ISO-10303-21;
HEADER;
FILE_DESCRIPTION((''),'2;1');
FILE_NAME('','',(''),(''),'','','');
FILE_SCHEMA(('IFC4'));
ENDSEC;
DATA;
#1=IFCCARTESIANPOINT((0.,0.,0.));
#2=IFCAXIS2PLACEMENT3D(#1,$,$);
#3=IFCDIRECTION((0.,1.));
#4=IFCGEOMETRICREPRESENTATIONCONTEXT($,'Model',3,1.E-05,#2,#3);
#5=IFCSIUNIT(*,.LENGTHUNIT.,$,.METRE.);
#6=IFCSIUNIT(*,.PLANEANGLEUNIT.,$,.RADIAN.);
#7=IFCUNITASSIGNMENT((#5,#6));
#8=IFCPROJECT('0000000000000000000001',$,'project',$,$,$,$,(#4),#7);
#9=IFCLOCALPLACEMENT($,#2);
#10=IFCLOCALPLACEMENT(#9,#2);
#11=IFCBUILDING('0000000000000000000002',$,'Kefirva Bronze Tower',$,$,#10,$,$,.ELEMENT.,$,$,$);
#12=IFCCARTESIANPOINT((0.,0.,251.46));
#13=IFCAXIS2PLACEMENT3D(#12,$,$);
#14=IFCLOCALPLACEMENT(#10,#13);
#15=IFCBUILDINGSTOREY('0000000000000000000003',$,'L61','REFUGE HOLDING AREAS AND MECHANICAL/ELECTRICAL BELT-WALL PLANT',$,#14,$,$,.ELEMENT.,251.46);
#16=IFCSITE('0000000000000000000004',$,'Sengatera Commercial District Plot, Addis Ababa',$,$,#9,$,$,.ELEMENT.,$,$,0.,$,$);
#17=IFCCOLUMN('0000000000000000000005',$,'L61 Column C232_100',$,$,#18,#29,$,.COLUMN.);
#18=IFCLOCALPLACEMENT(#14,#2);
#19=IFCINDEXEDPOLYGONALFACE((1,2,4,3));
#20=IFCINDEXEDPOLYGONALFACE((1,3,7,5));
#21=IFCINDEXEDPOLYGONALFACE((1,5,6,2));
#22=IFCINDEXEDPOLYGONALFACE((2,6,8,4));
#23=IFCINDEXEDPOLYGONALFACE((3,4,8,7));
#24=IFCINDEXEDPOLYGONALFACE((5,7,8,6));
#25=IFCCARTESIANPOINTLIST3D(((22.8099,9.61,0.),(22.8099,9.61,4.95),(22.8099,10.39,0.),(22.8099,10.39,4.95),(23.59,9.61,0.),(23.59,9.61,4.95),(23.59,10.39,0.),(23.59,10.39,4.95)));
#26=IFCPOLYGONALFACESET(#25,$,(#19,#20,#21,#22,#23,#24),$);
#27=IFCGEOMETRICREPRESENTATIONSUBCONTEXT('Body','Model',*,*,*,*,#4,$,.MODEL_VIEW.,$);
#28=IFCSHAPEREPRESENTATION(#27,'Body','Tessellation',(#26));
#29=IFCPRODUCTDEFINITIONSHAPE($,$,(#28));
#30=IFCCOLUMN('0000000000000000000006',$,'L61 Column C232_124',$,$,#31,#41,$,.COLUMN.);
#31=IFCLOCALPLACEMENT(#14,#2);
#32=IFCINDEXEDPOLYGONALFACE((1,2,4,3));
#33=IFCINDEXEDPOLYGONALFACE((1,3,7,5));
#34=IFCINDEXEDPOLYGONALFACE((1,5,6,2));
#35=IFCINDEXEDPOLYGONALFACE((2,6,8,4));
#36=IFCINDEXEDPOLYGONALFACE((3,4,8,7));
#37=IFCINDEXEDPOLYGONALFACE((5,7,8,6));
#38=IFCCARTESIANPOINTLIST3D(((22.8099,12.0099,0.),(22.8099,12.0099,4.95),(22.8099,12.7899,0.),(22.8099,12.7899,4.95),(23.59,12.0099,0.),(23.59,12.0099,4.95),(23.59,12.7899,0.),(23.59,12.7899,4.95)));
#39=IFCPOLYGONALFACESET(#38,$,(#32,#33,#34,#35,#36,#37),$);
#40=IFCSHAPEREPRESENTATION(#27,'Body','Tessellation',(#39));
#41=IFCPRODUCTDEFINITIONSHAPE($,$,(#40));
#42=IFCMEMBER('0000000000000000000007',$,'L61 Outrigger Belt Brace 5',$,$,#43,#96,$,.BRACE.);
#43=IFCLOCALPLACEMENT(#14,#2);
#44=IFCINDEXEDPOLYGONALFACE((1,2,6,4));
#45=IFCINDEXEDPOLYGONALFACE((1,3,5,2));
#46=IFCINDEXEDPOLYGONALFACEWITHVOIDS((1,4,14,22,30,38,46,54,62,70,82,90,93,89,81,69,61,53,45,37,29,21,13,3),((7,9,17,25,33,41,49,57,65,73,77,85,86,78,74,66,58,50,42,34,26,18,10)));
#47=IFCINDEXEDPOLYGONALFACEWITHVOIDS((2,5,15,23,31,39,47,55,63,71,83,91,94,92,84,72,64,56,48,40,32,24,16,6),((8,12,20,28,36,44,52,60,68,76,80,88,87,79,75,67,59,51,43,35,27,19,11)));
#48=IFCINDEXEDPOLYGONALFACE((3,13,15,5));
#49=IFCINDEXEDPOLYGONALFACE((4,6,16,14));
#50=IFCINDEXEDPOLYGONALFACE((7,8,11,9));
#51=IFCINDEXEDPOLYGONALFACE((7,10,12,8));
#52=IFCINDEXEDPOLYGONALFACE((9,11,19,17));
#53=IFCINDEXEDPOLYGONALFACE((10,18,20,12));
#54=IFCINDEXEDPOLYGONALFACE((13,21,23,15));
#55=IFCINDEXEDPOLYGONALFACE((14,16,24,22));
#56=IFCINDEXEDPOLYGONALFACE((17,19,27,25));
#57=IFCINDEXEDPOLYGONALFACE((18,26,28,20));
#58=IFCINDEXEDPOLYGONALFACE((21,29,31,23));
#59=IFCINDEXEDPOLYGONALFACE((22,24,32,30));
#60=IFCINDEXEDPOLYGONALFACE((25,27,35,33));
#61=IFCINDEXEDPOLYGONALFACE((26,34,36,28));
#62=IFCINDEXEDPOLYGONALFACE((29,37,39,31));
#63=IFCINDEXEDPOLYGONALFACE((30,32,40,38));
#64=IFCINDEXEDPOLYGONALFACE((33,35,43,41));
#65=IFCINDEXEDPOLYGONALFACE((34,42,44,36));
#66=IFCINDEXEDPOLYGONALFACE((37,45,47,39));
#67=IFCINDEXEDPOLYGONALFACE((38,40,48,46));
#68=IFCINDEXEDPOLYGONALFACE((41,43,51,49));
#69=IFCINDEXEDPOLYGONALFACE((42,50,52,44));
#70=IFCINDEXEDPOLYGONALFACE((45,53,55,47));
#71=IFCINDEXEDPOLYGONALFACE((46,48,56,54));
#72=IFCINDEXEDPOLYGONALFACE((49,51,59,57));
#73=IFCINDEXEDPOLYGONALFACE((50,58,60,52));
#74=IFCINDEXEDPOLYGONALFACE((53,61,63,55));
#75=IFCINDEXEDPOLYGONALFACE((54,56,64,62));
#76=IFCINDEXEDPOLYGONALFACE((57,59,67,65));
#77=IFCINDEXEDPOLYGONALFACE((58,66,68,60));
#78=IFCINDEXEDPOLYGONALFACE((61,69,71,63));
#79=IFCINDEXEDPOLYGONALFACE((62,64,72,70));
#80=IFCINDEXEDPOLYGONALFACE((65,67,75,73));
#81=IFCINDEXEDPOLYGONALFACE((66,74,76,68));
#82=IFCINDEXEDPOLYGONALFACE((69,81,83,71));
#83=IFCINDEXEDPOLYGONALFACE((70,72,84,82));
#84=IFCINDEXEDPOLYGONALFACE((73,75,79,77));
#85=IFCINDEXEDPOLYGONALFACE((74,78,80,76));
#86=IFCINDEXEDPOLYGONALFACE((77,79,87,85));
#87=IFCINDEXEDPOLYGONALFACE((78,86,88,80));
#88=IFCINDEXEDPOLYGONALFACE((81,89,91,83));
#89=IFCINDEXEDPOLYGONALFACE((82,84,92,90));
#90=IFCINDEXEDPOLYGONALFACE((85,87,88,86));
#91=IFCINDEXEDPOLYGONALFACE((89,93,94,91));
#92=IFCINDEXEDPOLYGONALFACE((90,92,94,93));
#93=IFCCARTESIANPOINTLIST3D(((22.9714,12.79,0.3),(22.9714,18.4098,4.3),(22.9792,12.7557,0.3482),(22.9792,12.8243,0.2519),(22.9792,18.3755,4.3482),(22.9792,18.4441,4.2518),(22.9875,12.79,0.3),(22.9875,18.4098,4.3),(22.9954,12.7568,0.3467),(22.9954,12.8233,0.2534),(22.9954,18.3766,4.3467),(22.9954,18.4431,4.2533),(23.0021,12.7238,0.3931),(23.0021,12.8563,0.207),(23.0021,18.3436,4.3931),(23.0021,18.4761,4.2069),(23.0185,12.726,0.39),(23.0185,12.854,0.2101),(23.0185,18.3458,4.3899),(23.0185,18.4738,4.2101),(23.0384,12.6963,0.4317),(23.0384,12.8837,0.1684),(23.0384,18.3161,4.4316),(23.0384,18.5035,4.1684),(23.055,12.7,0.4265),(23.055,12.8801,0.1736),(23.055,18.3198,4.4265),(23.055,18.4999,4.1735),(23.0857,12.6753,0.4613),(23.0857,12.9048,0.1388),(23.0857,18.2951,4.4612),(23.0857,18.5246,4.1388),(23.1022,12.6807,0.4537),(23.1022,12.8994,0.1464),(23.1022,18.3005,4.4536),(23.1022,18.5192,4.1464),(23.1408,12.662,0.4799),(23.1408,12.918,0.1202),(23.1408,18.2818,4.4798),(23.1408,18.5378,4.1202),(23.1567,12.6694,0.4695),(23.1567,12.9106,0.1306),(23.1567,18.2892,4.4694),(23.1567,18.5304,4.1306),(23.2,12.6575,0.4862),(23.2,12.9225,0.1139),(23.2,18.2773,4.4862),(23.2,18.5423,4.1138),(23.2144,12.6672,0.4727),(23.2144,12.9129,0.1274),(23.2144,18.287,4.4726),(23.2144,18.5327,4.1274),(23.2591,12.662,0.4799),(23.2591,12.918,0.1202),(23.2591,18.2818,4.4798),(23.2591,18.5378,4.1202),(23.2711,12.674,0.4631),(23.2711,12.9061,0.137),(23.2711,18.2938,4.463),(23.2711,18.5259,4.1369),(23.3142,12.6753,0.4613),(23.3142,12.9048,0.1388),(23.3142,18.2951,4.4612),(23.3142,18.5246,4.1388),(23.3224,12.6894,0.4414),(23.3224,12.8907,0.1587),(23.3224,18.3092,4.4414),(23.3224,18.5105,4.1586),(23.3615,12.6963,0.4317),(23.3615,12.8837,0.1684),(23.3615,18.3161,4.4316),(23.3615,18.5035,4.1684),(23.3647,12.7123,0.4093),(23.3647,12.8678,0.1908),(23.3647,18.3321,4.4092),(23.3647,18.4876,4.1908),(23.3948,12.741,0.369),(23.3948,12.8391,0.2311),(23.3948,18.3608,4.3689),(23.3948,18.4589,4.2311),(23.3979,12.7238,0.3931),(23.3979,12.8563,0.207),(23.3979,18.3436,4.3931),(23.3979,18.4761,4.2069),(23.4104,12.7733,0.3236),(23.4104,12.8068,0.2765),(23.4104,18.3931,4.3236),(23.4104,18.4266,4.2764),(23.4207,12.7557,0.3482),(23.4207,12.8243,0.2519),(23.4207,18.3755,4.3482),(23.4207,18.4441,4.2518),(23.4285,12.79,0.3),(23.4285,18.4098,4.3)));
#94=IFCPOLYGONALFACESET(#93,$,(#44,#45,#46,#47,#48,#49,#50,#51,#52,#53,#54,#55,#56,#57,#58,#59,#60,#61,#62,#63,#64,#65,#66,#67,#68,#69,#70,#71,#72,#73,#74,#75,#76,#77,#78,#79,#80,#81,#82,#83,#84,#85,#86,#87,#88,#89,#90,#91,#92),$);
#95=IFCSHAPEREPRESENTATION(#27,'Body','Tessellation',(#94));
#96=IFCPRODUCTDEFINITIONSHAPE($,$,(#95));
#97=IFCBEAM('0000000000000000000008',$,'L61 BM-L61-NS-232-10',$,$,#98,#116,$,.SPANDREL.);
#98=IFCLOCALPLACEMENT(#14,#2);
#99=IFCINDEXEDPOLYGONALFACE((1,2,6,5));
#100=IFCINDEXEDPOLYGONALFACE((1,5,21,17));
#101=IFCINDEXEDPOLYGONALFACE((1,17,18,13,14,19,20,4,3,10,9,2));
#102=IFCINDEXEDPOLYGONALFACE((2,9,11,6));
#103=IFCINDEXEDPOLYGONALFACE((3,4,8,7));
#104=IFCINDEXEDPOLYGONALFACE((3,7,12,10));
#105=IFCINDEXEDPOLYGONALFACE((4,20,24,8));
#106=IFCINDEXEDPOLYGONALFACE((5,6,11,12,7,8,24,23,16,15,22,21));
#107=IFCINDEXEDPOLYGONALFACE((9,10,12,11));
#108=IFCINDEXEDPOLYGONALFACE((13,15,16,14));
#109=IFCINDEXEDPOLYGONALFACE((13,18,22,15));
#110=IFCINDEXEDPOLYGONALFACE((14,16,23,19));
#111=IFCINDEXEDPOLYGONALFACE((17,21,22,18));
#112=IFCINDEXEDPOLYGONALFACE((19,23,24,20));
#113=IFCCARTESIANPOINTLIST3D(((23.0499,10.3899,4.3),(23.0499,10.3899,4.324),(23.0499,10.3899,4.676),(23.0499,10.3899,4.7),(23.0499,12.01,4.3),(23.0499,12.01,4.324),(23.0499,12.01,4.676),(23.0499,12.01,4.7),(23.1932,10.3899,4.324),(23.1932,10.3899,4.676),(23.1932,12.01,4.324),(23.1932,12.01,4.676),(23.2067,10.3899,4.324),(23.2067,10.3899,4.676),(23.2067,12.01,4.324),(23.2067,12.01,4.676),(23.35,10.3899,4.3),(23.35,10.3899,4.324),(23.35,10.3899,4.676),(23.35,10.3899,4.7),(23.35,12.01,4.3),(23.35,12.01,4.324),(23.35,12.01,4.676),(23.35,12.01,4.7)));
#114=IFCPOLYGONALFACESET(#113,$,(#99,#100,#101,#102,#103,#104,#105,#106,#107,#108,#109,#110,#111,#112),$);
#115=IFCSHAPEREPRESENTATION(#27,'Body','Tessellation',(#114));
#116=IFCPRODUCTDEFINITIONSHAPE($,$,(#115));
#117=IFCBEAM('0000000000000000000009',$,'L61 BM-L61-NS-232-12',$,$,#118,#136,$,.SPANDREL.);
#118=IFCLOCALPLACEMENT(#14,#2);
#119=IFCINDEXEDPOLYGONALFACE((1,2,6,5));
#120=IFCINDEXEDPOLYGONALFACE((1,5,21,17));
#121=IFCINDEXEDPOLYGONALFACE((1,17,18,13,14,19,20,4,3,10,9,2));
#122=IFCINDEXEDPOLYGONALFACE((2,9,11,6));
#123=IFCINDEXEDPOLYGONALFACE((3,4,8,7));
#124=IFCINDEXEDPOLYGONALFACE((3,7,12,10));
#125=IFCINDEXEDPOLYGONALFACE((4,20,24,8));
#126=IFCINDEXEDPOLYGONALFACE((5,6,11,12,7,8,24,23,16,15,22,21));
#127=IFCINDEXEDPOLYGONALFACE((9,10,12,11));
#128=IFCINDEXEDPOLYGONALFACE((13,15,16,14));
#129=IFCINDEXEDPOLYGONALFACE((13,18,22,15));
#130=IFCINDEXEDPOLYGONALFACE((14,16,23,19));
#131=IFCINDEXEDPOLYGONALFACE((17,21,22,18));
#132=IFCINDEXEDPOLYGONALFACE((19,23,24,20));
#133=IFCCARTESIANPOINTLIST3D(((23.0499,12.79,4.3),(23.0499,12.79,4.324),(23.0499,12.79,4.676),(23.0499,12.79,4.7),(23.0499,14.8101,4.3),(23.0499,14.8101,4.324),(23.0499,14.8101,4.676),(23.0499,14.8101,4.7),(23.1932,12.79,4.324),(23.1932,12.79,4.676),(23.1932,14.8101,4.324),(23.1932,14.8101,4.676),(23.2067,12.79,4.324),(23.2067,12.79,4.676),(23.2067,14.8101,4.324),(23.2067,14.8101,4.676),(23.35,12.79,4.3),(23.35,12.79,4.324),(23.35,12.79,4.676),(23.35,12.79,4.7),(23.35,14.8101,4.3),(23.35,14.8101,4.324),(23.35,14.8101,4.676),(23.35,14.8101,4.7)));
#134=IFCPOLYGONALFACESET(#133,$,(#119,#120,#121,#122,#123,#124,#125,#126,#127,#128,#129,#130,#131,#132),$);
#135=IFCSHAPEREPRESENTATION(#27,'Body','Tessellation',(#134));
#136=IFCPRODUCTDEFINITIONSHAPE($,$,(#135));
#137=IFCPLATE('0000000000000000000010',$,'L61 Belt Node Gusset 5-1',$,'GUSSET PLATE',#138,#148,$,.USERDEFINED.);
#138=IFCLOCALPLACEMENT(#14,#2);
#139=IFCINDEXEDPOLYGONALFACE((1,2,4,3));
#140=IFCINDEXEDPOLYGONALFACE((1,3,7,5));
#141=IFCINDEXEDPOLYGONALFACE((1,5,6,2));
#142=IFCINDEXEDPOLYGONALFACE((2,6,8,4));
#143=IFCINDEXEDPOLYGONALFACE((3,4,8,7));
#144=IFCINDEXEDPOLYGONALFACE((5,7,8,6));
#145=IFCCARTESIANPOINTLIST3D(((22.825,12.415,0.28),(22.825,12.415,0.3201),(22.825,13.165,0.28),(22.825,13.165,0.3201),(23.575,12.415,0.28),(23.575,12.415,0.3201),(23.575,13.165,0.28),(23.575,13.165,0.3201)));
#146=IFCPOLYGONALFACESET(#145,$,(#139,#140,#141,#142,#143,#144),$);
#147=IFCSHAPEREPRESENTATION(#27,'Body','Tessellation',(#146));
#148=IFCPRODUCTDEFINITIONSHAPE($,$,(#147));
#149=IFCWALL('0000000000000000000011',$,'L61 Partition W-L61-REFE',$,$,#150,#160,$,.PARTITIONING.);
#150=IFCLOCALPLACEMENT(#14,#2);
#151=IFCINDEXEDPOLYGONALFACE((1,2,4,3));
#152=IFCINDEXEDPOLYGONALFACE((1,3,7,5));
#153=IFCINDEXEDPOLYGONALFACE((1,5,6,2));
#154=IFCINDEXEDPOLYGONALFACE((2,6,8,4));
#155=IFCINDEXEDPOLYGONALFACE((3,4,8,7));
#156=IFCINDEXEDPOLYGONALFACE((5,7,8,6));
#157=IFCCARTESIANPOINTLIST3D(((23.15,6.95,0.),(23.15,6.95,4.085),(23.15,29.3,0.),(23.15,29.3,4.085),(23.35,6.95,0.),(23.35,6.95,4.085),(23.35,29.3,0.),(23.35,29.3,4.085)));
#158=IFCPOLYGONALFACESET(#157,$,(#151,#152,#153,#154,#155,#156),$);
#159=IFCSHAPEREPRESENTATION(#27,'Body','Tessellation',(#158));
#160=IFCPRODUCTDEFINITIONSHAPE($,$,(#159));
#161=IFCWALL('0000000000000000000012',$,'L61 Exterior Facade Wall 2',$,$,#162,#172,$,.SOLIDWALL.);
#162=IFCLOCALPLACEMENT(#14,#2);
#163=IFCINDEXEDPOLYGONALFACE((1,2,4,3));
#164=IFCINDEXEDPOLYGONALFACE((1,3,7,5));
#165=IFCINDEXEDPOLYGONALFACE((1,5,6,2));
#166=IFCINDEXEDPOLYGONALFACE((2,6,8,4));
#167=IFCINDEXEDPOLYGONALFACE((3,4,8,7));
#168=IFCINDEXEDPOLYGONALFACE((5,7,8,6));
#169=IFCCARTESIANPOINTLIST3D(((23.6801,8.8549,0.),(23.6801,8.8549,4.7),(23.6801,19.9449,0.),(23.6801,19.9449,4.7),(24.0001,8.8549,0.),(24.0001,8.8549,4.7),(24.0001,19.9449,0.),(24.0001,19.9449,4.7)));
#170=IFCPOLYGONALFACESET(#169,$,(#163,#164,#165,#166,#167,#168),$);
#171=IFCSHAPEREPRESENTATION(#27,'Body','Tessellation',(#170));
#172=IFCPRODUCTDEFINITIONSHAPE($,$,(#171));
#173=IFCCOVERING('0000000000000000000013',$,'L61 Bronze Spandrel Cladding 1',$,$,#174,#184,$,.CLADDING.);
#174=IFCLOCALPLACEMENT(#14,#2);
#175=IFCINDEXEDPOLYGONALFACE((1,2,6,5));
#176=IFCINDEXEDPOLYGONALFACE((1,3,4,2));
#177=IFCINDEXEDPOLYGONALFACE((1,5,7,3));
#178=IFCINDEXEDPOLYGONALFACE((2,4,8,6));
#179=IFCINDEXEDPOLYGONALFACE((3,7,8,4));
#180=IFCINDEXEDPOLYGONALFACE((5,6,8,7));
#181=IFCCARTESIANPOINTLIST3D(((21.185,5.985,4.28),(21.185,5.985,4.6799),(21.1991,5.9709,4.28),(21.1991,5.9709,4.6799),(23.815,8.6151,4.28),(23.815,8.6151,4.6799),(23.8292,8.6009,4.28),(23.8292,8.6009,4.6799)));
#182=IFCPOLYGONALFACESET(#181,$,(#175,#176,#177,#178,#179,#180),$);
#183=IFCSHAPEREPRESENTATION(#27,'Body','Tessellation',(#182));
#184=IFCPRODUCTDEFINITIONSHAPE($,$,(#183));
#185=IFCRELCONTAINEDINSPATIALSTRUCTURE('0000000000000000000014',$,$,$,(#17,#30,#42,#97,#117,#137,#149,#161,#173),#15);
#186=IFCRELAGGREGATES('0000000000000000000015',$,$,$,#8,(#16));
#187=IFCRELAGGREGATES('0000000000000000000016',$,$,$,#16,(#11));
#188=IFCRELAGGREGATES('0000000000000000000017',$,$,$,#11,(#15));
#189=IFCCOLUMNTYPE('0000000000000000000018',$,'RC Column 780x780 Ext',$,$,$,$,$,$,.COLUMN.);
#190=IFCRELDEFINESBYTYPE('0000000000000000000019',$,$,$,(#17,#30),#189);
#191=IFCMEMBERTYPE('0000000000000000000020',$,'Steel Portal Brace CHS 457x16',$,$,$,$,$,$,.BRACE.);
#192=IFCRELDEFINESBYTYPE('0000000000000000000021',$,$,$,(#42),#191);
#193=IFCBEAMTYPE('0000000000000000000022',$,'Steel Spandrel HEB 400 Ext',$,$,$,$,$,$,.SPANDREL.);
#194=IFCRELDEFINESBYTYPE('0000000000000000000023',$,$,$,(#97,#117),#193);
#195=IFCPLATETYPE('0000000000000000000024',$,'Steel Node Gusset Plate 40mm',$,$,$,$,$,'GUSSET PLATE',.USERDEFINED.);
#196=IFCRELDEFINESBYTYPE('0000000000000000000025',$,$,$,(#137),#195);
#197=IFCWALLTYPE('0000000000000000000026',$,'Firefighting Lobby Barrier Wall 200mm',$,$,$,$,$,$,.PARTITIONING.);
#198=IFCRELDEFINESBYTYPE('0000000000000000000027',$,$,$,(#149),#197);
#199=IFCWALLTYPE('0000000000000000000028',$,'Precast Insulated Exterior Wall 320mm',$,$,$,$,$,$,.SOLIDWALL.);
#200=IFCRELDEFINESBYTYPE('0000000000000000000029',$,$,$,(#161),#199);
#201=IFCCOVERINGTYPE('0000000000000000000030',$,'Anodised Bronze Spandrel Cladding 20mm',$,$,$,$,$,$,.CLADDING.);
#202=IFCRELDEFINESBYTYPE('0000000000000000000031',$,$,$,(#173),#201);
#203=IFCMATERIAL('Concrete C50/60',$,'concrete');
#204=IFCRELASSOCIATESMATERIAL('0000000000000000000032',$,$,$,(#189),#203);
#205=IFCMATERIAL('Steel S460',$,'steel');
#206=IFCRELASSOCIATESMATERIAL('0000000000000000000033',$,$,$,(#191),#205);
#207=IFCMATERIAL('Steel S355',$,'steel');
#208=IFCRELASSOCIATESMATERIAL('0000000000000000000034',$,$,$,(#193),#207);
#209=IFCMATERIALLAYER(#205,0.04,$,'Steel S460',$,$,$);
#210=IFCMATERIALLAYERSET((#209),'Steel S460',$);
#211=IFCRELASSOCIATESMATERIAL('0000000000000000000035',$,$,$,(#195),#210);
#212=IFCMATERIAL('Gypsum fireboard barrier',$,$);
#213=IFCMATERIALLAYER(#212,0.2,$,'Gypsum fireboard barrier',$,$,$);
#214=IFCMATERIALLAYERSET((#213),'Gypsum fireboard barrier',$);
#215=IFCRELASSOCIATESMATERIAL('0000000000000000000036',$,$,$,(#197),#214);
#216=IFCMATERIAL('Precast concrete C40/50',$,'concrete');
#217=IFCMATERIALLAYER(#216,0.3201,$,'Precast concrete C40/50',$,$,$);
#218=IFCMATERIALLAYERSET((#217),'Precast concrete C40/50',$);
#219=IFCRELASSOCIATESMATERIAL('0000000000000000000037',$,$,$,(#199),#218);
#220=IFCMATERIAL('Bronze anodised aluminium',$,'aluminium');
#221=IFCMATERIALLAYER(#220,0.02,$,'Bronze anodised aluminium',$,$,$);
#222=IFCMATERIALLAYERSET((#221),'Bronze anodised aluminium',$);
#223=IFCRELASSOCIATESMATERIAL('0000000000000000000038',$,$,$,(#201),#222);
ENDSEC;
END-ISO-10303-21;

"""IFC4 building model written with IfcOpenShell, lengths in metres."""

from ifc_helpers import new_model, si_unit, direction, frame, frame_2d, origin, origin_2d, place, context, subcontext, project, spatial, rectangle, hollow_circle, i_section, extrude, material, layer, layer_set, material_profile, profile_set, type_object, element, save


model = new_model("IFC4")

# Units and contexts
model_context = context("Model", 3, precision=1e-05, world=origin(), true_north=direction((0.0, 1.0)))
body_context = subcontext(model_context, "Body", "Model", "MODEL_VIEW")
ifc_project = project(units=[si_unit("LENGTHUNIT", "METRE"), si_unit("PLANEANGLEUNIT", "RADIAN")], contexts=[model_context])

# Site, building, storey
site_placement = place(None, origin())
site = spatial("IfcSite", under=ifc_project, at=site_placement, Name="Sengatera Commercial District Plot, Addis Ababa", CompositionType="ELEMENT", RefElevation=0.0)
building_placement = place(site_placement, origin())
building = spatial("IfcBuilding", under=site, at=building_placement, Name="Kefirva Bronze Tower", CompositionType="ELEMENT")
storey_placement = place(building_placement, frame((0.0, 0.0, 251.46)))
storey = spatial("IfcBuildingStorey", under=building, at=storey_placement, Name="L61", Description="REFUGE HOLDING AREAS AND MECHANICAL/ELECTRICAL BELT-WALL PLANT", CompositionType="ELEMENT", Elevation=251.46)

# Columns
ifc_material_1 = material(Name="Concrete C50/60", Category="concrete")
ifc_material_profile_1 = material_profile(ifc_material_1, rectangle(XDim=0.78, YDim=0.78, at=origin_2d()), Name="RC 780x780")
ifc_profile_set_1 = profile_set([ifc_material_profile_1], Name="Concrete C50/60")
column_type = type_object("IfcColumnType", Name="RC Column 780x780 Ext", PredefinedType="COLUMN", material=ifc_profile_set_1)
for number, where, z_axis, x_axis, name in (
    (1, (23.2, 10.0, 0.0), (0.0, 0.0, 1.0), (1.0, 0.0, 0.0), "L61 Column C232_100"),
    (2, (23.2, 12.3999, 0.0), (0.0, 0.0, 1.0), (1.0, 0.0, 0.0), "L61 Column C232_124"),
):
    element("IfcColumn", number, at=place(storey_placement, frame(where, z_axis=z_axis, x_axis=x_axis)), inside=storey, type_object=column_type, Name=name, PredefinedType="COLUMN", context=body_context, shape_type="SweptSolid", body=[
        extrude(rectangle(XDim=0.78, YDim=0.78, at=origin_2d()), origin(), (0.0, 0.0, 1.0), 4.95),
    ])

# Member
ifc_material_2 = material(Name="Steel S460", Category="steel")
ifc_material_profile_2 = material_profile(ifc_material_2, hollow_circle(Radius=0.2285, WallThickness=0.0161, at=origin_2d()), Name="CHS 457x16")
ifc_profile_set_2 = profile_set([ifc_material_profile_2], Name="Steel S460")
member_type = type_object("IfcMemberType", Name="Steel Portal Brace CHS 457x16", PredefinedType="BRACE", material=ifc_profile_set_2)
member_placement = place(storey_placement, frame((23.2, 12.79, 0.3), z_axis=(0.0, 0.814706, 0.579875), x_axis=(-1.0, 0.0, 0.0)))
element("IfcMember", 3, at=member_placement, inside=storey, type_object=member_type, Name="L61 Outrigger Belt Brace 5", PredefinedType="BRACE", context=body_context, shape_type="SweptSolid", body=[
    extrude(hollow_circle(Radius=0.2285, WallThickness=0.0161, at=origin_2d()), origin(), (0.0, 0.0, 1.0), 6.8979),
])

# Beams
ifc_material_3 = material(Name="Steel S355", Category="steel")
ifc_material_profile_3 = material_profile(ifc_material_3, i_section(OverallWidth=0.3, OverallDepth=0.3999, WebThickness=0.0134, FlangeThickness=0.0239, at=origin_2d()), Name="HEB 400")
ifc_profile_set_3 = profile_set([ifc_material_profile_3], Name="Steel S355")
beam_type = type_object("IfcBeamType", Name="Steel Spandrel HEB 400 Ext", PredefinedType="SPANDREL", material=ifc_profile_set_3)
beam_1_placement = place(storey_placement, frame((23.2, 10.3899, 4.5), z_axis=(0.0, 1.0, 0.0), x_axis=(-1.0, 0.0, 0.0)))
element("IfcBeam", 4, at=beam_1_placement, inside=storey, type_object=beam_type, Name="L61 BM-L61-NS-232-10", PredefinedType="SPANDREL", context=body_context, shape_type="SweptSolid", body=[
    extrude(i_section(OverallWidth=0.3, OverallDepth=0.3999, WebThickness=0.0134, FlangeThickness=0.0239, at=origin_2d()), origin(), (0.0, 0.0, 1.0), 1.6201),
])
beam_2_placement = place(storey_placement, frame((23.2, 12.79, 4.5), z_axis=(0.0, 1.0, 0.0), x_axis=(-1.0, 0.0, 0.0)))
element("IfcBeam", 5, at=beam_2_placement, inside=storey, type_object=beam_type, Name="L61 BM-L61-NS-232-12", PredefinedType="SPANDREL", context=body_context, shape_type="SweptSolid", body=[
    extrude(i_section(OverallWidth=0.3, OverallDepth=0.3999, WebThickness=0.0134, FlangeThickness=0.0239, at=origin_2d()), origin(), (0.0, 0.0, 1.0), 2.02),
])

# Plate
ifc_layer_1 = layer(ifc_material_2, 0.04, Name="Steel S460")
ifc_layer_set_1 = layer_set([ifc_layer_1], Name="Steel S460")
plate_type = type_object("IfcPlateType", Name="Steel Node Gusset Plate 40mm", ElementType="GUSSET PLATE", PredefinedType="USERDEFINED", material=ifc_layer_set_1)
plate_placement = place(storey_placement, frame((23.2, 12.79, 0.28), z_axis=(0.0, 0.0, 1.0), x_axis=(1.0, 0.0, 0.0)))
element("IfcPlate", 6, at=plate_placement, inside=storey, type_object=plate_type, Name="L61 Belt Node Gusset 5-1", ObjectType="GUSSET PLATE", PredefinedType="USERDEFINED", context=body_context, shape_type="SweptSolid", body=[
    extrude(rectangle(XDim=0.75, YDim=0.75, at=origin_2d()), origin(), (0.0, 0.0, 1.0), 0.04),
])

# Walls
ifc_material_4 = material(Name="Gypsum fireboard barrier")
ifc_layer_2 = layer(ifc_material_4, 0.2, Name="Gypsum fireboard barrier")
ifc_layer_set_2 = layer_set([ifc_layer_2], Name="Gypsum fireboard barrier")
wall_type_1 = type_object("IfcWallType", Name="Firefighting Lobby Barrier Wall 200mm", PredefinedType="PARTITIONING", material=ifc_layer_set_2)
wall_1_placement = place(storey_placement, frame((23.25, 6.95, 0.0), z_axis=(0.0, 0.0, 1.0), x_axis=(0.0, 1.0, 0.0)))
element("IfcWall", 7, at=wall_1_placement, inside=storey, type_object=wall_type_1, Name="L61 Partition W-L61-REFE", PredefinedType="PARTITIONING", context=body_context, shape_type="SweptSolid", body=[
    extrude(rectangle(XDim=22.3501, YDim=0.2, at=frame_2d((11.175, 0.0))), origin(), (0.0, 0.0, 1.0), 4.085),
])
ifc_material_5 = material(Name="Precast concrete C40/50", Category="concrete")
ifc_layer_3 = layer(ifc_material_5, 0.3201, Name="Precast concrete C40/50")
ifc_layer_set_3 = layer_set([ifc_layer_3], Name="Precast concrete C40/50")
wall_type_2 = type_object("IfcWallType", Name="Precast Insulated Exterior Wall 320mm", PredefinedType="SOLIDWALL", material=ifc_layer_set_3)
wall_2_placement = place(storey_placement, frame((23.8401, 8.855, 0.0), z_axis=(0.0, 0.0, 1.0), x_axis=(0.0, 1.0, 0.0)))
element("IfcWall", 8, at=wall_2_placement, inside=storey, type_object=wall_type_2, Name="L61 Exterior Facade Wall 2", PredefinedType="SOLIDWALL", context=body_context, shape_type="SweptSolid", body=[
    extrude(rectangle(XDim=11.0901, YDim=0.3201, at=frame_2d((5.5449, 0.0))), origin(), (0.0, 0.0, 1.0), 4.7),
])

# Covering
ifc_material_6 = material(Name="Bronze anodised aluminium", Category="aluminium")
ifc_layer_4 = layer(ifc_material_6, 0.02, Name="Bronze anodised aluminium")
ifc_layer_set_4 = layer_set([ifc_layer_4], Name="Bronze anodised aluminium")
covering_type_1 = type_object("IfcCoveringType", Name="Anodised Bronze Spandrel Cladding 20mm", PredefinedType="CLADDING", material=ifc_layer_set_4)
covering_1_placement = place(storey_placement, frame((22.5071, 7.293, 4.28), z_axis=(0.0, 0.0, 1.0), x_axis=(0.707107, 0.707107, 0.0)))
element("IfcCovering", 9, at=covering_1_placement, inside=storey, type_object=covering_type_1, Name="L61 Bronze Spandrel Cladding 1", PredefinedType="CLADDING", context=body_context, shape_type="SweptSolid", body=[
    extrude(rectangle(XDim=3.7195, YDim=0.02, at=origin_2d()), origin(), (0.0, 0.0, 1.0), 0.3999),
])

save(model, "model.ifc")
